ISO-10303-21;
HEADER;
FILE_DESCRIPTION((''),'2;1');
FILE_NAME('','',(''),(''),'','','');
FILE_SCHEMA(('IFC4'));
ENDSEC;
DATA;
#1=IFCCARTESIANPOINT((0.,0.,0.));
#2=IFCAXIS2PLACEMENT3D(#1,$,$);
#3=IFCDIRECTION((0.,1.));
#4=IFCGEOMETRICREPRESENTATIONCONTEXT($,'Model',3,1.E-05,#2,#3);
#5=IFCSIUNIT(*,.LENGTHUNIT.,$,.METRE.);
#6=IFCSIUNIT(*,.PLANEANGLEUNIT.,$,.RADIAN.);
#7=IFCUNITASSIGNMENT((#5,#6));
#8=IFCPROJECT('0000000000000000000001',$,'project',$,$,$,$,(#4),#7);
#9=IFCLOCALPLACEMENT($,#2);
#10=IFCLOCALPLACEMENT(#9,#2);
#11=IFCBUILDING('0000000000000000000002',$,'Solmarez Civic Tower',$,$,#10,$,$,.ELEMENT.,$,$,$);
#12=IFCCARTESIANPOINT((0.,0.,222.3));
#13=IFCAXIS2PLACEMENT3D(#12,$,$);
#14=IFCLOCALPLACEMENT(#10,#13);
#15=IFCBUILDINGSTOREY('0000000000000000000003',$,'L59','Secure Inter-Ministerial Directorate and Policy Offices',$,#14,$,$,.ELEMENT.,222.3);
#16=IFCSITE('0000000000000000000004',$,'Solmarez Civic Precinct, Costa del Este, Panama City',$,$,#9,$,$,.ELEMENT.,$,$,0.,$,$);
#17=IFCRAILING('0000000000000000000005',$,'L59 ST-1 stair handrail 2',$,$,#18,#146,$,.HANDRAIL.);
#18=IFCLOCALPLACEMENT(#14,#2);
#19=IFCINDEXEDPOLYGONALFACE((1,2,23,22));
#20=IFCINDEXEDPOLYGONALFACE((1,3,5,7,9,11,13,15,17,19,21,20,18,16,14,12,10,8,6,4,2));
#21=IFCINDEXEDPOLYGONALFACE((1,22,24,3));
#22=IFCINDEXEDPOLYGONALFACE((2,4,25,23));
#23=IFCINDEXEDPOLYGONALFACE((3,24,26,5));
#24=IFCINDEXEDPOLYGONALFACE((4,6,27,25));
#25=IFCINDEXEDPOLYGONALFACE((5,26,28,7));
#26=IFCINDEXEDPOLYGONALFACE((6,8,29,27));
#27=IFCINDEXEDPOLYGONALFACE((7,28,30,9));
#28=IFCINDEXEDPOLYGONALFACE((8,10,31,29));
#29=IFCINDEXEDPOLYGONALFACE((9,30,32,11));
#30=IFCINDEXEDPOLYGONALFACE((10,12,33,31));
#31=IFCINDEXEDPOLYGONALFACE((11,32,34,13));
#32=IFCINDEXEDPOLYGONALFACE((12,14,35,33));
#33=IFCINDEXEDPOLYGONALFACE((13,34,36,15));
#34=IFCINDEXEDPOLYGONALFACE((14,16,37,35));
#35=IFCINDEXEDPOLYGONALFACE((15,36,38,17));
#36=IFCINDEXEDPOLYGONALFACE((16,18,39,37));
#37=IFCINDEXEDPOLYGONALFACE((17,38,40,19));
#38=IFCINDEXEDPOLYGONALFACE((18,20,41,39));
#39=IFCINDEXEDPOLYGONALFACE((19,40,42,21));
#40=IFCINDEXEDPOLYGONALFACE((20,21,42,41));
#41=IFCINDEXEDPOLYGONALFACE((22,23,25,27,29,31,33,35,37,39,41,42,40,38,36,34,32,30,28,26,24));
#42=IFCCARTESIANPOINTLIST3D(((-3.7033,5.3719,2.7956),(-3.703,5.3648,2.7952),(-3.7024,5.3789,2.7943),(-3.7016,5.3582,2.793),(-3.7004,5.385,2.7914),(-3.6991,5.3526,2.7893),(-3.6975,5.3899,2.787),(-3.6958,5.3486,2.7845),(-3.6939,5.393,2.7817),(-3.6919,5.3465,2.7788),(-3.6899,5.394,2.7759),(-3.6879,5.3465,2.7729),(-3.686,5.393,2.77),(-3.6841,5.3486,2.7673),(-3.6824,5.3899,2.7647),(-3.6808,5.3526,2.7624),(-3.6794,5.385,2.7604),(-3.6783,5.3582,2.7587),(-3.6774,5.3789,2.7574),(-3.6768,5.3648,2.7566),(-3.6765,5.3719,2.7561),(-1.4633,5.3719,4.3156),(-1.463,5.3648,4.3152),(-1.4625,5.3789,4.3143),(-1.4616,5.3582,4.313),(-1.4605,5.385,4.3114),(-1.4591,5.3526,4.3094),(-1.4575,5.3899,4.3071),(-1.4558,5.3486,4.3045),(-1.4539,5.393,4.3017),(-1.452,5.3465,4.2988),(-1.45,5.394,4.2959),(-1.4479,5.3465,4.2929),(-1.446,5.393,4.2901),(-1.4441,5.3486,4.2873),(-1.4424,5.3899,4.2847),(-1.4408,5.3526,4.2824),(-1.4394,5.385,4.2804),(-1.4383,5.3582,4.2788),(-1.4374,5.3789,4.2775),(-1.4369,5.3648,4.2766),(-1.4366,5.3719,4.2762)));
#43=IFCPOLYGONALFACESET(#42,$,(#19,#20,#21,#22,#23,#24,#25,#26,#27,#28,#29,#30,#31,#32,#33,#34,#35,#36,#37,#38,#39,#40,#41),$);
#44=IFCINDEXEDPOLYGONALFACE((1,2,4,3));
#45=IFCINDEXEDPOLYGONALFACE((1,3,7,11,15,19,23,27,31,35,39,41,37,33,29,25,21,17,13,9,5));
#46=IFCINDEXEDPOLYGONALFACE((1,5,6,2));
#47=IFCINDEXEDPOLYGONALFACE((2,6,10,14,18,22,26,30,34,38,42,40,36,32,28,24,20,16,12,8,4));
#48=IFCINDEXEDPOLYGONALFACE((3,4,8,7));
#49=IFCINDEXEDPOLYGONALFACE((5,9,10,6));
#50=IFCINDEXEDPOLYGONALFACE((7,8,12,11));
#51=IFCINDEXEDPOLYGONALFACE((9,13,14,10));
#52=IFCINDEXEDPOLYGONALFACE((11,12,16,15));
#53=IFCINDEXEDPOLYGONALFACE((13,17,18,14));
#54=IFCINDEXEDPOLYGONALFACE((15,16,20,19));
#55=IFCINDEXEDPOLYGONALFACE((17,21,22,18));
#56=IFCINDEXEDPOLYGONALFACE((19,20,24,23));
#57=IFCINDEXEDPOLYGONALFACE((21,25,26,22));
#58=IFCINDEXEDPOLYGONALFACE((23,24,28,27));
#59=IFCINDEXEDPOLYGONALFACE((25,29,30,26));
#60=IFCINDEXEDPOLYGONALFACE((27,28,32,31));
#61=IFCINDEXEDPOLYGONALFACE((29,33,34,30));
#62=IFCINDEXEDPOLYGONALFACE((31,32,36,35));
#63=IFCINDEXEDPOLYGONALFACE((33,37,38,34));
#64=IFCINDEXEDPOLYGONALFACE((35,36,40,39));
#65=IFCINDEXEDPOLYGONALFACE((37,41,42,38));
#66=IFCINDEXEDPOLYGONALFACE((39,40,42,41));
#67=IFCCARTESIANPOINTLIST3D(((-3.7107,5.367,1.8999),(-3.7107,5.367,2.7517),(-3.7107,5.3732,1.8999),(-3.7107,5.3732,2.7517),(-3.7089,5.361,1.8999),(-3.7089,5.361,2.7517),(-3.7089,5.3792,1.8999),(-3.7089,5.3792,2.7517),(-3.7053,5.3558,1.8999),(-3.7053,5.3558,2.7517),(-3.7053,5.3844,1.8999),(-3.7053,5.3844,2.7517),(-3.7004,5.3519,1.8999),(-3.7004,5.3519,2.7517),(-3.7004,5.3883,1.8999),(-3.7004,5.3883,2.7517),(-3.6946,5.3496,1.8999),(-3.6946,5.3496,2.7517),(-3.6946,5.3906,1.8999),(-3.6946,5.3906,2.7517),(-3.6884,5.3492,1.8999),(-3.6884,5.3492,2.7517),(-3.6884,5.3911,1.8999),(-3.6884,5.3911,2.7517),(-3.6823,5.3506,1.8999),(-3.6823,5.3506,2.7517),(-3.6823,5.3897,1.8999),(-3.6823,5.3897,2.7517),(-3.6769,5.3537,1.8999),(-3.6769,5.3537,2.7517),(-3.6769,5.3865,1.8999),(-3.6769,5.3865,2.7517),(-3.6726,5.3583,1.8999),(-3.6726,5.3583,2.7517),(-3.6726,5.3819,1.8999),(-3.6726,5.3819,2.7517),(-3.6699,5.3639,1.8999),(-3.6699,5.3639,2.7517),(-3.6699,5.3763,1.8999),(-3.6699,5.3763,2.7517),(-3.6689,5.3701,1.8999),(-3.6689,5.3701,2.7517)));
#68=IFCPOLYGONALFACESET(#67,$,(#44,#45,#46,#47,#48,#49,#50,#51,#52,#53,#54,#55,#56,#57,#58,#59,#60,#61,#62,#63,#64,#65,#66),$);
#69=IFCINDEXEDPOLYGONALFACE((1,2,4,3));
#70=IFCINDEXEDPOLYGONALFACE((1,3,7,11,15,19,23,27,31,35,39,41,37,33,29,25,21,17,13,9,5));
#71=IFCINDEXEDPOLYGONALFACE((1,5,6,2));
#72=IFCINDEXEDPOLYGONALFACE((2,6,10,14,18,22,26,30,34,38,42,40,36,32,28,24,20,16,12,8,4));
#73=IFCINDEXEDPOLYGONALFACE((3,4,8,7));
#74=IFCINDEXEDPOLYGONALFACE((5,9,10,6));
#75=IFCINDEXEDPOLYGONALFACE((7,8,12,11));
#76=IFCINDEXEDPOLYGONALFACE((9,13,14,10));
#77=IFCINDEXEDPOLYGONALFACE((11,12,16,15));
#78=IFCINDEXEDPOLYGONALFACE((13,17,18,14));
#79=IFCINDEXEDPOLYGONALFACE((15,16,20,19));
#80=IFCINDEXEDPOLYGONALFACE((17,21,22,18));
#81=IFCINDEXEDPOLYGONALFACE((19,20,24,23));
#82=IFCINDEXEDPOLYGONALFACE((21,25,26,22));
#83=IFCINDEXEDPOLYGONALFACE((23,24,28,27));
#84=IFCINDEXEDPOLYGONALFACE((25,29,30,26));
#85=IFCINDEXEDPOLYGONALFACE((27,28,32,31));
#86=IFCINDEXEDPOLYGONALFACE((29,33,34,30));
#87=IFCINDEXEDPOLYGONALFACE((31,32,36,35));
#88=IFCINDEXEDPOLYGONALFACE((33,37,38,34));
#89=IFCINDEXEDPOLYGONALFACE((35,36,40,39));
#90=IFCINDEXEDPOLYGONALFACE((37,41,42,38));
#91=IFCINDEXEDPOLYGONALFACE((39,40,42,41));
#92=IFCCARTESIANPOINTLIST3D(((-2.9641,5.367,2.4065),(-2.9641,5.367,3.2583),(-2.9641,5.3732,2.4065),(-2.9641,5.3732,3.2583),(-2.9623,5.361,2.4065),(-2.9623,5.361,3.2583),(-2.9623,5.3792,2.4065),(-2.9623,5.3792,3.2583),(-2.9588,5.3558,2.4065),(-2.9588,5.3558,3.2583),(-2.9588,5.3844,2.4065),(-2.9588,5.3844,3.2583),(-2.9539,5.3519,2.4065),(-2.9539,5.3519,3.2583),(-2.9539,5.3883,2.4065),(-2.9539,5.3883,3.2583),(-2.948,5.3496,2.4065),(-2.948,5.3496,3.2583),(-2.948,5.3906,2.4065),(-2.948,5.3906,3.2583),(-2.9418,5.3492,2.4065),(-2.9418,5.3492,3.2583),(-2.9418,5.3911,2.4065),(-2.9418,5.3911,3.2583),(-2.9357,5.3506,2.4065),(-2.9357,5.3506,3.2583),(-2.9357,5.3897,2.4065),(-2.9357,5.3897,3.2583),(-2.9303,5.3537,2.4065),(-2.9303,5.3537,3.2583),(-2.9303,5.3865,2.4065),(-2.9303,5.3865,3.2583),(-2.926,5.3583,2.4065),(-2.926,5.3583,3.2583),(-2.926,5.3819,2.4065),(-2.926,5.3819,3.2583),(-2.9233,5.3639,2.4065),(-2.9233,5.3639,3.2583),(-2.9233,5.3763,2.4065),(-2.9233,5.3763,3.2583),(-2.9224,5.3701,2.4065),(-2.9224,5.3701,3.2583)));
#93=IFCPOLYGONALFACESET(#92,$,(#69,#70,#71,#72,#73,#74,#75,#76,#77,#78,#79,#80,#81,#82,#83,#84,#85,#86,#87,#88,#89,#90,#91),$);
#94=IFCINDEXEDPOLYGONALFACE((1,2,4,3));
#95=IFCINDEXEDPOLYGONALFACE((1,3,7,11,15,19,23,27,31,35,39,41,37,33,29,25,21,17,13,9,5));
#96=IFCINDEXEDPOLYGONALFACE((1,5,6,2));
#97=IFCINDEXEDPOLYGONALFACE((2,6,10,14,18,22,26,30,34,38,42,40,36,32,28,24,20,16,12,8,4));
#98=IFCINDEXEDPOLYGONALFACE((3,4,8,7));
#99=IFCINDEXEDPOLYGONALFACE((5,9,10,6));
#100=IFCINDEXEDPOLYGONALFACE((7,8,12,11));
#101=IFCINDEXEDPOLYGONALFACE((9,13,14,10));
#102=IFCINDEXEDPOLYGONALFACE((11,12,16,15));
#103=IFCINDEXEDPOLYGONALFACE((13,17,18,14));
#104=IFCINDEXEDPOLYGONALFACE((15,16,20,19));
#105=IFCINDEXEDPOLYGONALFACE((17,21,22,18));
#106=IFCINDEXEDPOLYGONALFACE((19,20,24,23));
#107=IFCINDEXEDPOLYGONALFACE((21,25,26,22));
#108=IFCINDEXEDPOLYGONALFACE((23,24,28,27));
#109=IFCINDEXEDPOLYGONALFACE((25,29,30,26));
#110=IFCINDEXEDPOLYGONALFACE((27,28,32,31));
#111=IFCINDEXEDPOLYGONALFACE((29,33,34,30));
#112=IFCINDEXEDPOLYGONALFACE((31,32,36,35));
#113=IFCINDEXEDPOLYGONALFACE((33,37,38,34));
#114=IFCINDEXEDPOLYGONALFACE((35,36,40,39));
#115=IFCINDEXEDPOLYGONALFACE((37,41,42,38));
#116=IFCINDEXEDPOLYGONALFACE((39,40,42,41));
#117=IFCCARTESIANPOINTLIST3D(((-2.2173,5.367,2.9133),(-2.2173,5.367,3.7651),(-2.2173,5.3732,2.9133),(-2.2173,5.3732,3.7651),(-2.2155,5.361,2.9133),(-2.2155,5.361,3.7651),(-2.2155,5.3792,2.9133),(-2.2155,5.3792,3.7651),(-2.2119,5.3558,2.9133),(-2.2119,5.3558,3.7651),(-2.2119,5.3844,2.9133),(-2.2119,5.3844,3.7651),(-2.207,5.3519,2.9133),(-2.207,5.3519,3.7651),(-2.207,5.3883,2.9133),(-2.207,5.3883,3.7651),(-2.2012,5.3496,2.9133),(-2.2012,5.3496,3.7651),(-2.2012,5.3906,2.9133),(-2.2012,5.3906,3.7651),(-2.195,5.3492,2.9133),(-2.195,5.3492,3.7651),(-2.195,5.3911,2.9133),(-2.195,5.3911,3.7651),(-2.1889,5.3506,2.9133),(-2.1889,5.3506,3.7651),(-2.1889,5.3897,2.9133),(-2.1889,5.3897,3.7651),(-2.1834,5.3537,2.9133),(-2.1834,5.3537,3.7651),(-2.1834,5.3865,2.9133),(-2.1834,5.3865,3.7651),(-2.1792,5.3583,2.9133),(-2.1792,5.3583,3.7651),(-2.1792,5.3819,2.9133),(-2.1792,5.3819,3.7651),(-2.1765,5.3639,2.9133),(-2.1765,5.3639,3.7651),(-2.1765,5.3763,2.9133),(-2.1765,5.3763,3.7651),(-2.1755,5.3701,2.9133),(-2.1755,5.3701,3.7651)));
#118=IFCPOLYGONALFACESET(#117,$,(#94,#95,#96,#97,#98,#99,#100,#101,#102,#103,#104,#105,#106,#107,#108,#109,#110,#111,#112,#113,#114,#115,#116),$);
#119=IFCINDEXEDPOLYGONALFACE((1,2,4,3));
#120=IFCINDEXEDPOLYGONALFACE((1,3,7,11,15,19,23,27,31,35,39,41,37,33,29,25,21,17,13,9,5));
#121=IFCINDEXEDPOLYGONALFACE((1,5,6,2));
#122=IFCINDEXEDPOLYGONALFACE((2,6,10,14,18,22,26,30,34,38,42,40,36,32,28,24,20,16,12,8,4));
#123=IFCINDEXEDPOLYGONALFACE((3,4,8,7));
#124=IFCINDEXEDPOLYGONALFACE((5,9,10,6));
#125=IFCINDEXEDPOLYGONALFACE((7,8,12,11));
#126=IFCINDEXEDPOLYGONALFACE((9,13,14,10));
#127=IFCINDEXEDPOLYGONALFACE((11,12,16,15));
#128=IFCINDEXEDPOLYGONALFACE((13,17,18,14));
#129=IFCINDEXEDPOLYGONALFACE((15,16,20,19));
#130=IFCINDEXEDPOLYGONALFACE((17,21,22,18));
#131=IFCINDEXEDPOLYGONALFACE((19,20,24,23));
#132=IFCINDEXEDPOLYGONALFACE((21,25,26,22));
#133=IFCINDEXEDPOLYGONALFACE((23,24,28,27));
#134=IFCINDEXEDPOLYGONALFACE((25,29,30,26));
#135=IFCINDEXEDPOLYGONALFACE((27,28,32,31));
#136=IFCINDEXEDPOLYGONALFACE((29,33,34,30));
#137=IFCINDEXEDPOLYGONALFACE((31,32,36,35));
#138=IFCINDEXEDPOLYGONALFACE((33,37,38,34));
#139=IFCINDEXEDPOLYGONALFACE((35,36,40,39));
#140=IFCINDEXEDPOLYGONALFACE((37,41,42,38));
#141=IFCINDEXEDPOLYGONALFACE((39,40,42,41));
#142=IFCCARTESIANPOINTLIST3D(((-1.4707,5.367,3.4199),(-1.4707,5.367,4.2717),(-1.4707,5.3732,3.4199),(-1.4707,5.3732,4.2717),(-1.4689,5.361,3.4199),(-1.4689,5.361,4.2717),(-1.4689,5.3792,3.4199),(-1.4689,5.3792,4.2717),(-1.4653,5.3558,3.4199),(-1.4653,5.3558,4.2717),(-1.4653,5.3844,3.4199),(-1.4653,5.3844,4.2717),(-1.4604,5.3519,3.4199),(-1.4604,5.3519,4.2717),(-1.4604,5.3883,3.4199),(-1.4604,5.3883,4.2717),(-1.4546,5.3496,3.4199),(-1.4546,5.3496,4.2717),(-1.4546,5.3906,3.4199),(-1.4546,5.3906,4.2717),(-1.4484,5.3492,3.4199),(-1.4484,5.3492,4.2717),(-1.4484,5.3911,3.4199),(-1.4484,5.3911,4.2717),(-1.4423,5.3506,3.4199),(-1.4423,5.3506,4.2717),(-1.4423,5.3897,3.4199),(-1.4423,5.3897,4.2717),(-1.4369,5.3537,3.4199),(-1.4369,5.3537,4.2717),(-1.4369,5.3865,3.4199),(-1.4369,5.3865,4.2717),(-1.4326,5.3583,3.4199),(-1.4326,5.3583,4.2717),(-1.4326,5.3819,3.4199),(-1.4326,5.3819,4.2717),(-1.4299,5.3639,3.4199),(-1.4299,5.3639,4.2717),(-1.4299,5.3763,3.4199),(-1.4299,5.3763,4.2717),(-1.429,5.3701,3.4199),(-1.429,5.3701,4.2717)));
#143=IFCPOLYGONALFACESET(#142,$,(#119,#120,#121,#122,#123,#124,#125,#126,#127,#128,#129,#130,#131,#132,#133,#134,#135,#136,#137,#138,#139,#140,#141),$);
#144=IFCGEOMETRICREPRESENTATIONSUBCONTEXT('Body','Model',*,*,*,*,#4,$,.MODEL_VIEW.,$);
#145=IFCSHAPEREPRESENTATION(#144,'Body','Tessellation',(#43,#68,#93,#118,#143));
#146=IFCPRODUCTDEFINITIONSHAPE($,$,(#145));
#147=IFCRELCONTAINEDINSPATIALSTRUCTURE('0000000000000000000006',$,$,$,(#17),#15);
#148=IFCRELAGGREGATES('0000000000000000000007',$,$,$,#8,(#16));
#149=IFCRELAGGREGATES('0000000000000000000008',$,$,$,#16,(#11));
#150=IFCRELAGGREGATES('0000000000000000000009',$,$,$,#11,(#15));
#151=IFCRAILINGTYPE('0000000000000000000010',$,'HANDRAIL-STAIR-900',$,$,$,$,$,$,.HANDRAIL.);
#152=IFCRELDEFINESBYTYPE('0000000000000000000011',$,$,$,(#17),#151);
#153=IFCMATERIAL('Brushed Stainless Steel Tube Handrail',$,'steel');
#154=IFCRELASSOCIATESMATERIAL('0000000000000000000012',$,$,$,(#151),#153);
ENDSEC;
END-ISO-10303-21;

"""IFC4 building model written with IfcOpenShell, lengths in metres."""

from ifc_helpers import new_model, si_unit, direction, frame, origin, origin_2d, place, context, subcontext, project, spatial, circle, extrude, material, type_object, element, save


model = new_model("IFC4")

# Units and contexts
model_context = context("Model", 3, precision=1e-05, world=origin(), true_north=direction((0.0, 1.0)))
body_context = subcontext(model_context, "Body", "Model", "MODEL_VIEW")
ifc_project = project(units=[si_unit("LENGTHUNIT", "METRE"), si_unit("PLANEANGLEUNIT", "RADIAN")], contexts=[model_context])

# Site, building, storey
site_placement = place(None, origin())
site = spatial("IfcSite", under=ifc_project, at=site_placement, Name="Solmarez Civic Precinct, Costa del Este, Panama City", CompositionType="ELEMENT", RefElevation=0.0)
building_placement = place(site_placement, origin())
building = spatial("IfcBuilding", under=site, at=building_placement, Name="Solmarez Civic Tower", CompositionType="ELEMENT")
storey_placement = place(building_placement, frame((0.0, 0.0, 222.3)))
storey = spatial("IfcBuildingStorey", under=building, at=storey_placement, Name="L59", Description="Secure Inter-Ministerial Directorate and Policy Offices", CompositionType="ELEMENT", Elevation=222.3)

# Railing
ifc_material_1 = material(Name="Brushed Stainless Steel Tube Handrail", Category="steel")
railing_type_1 = type_object("IfcRailingType", Name="HANDRAIL-STAIR-900", PredefinedType="HANDRAIL", material=ifc_material_1)
railing_1_placement = place(storey_placement, frame((-3.6899, 5.3701, 1.8999)))
element("IfcRailing", 1, at=railing_1_placement, inside=storey, type_object=railing_type_1, Name="L59 ST-1 stair handrail 2", PredefinedType="HANDRAIL", context=body_context, shape_type="SweptSolid", body=[
    extrude(circle(Radius=0.0239, at=origin_2d()), frame((0.0, 0.0, 0.876), z_axis=(0.827471, 0.0, 0.561508), x_axis=(0.0, 1.0, 0.0)), (0.0, 0.0, 1.0), 2.707),
    extrude(circle(Radius=0.021, at=origin_2d()), origin(), (0.0, 0.0, 1.0), 0.8518),
    extrude(circle(Radius=0.021, at=origin_2d()), frame((0.7466, 0.0, 0.5066)), (0.0, 0.0, 1.0), 0.8518),
    extrude(circle(Radius=0.021, at=origin_2d()), frame((1.4934, 0.0, 1.0134)), (0.0, 0.0, 1.0), 0.8518),
    extrude(circle(Radius=0.021, at=origin_2d()), frame((2.24, 0.0, 1.52)), (0.0, 0.0, 1.0), 0.8518),
])

save(model, "model.ifc")
